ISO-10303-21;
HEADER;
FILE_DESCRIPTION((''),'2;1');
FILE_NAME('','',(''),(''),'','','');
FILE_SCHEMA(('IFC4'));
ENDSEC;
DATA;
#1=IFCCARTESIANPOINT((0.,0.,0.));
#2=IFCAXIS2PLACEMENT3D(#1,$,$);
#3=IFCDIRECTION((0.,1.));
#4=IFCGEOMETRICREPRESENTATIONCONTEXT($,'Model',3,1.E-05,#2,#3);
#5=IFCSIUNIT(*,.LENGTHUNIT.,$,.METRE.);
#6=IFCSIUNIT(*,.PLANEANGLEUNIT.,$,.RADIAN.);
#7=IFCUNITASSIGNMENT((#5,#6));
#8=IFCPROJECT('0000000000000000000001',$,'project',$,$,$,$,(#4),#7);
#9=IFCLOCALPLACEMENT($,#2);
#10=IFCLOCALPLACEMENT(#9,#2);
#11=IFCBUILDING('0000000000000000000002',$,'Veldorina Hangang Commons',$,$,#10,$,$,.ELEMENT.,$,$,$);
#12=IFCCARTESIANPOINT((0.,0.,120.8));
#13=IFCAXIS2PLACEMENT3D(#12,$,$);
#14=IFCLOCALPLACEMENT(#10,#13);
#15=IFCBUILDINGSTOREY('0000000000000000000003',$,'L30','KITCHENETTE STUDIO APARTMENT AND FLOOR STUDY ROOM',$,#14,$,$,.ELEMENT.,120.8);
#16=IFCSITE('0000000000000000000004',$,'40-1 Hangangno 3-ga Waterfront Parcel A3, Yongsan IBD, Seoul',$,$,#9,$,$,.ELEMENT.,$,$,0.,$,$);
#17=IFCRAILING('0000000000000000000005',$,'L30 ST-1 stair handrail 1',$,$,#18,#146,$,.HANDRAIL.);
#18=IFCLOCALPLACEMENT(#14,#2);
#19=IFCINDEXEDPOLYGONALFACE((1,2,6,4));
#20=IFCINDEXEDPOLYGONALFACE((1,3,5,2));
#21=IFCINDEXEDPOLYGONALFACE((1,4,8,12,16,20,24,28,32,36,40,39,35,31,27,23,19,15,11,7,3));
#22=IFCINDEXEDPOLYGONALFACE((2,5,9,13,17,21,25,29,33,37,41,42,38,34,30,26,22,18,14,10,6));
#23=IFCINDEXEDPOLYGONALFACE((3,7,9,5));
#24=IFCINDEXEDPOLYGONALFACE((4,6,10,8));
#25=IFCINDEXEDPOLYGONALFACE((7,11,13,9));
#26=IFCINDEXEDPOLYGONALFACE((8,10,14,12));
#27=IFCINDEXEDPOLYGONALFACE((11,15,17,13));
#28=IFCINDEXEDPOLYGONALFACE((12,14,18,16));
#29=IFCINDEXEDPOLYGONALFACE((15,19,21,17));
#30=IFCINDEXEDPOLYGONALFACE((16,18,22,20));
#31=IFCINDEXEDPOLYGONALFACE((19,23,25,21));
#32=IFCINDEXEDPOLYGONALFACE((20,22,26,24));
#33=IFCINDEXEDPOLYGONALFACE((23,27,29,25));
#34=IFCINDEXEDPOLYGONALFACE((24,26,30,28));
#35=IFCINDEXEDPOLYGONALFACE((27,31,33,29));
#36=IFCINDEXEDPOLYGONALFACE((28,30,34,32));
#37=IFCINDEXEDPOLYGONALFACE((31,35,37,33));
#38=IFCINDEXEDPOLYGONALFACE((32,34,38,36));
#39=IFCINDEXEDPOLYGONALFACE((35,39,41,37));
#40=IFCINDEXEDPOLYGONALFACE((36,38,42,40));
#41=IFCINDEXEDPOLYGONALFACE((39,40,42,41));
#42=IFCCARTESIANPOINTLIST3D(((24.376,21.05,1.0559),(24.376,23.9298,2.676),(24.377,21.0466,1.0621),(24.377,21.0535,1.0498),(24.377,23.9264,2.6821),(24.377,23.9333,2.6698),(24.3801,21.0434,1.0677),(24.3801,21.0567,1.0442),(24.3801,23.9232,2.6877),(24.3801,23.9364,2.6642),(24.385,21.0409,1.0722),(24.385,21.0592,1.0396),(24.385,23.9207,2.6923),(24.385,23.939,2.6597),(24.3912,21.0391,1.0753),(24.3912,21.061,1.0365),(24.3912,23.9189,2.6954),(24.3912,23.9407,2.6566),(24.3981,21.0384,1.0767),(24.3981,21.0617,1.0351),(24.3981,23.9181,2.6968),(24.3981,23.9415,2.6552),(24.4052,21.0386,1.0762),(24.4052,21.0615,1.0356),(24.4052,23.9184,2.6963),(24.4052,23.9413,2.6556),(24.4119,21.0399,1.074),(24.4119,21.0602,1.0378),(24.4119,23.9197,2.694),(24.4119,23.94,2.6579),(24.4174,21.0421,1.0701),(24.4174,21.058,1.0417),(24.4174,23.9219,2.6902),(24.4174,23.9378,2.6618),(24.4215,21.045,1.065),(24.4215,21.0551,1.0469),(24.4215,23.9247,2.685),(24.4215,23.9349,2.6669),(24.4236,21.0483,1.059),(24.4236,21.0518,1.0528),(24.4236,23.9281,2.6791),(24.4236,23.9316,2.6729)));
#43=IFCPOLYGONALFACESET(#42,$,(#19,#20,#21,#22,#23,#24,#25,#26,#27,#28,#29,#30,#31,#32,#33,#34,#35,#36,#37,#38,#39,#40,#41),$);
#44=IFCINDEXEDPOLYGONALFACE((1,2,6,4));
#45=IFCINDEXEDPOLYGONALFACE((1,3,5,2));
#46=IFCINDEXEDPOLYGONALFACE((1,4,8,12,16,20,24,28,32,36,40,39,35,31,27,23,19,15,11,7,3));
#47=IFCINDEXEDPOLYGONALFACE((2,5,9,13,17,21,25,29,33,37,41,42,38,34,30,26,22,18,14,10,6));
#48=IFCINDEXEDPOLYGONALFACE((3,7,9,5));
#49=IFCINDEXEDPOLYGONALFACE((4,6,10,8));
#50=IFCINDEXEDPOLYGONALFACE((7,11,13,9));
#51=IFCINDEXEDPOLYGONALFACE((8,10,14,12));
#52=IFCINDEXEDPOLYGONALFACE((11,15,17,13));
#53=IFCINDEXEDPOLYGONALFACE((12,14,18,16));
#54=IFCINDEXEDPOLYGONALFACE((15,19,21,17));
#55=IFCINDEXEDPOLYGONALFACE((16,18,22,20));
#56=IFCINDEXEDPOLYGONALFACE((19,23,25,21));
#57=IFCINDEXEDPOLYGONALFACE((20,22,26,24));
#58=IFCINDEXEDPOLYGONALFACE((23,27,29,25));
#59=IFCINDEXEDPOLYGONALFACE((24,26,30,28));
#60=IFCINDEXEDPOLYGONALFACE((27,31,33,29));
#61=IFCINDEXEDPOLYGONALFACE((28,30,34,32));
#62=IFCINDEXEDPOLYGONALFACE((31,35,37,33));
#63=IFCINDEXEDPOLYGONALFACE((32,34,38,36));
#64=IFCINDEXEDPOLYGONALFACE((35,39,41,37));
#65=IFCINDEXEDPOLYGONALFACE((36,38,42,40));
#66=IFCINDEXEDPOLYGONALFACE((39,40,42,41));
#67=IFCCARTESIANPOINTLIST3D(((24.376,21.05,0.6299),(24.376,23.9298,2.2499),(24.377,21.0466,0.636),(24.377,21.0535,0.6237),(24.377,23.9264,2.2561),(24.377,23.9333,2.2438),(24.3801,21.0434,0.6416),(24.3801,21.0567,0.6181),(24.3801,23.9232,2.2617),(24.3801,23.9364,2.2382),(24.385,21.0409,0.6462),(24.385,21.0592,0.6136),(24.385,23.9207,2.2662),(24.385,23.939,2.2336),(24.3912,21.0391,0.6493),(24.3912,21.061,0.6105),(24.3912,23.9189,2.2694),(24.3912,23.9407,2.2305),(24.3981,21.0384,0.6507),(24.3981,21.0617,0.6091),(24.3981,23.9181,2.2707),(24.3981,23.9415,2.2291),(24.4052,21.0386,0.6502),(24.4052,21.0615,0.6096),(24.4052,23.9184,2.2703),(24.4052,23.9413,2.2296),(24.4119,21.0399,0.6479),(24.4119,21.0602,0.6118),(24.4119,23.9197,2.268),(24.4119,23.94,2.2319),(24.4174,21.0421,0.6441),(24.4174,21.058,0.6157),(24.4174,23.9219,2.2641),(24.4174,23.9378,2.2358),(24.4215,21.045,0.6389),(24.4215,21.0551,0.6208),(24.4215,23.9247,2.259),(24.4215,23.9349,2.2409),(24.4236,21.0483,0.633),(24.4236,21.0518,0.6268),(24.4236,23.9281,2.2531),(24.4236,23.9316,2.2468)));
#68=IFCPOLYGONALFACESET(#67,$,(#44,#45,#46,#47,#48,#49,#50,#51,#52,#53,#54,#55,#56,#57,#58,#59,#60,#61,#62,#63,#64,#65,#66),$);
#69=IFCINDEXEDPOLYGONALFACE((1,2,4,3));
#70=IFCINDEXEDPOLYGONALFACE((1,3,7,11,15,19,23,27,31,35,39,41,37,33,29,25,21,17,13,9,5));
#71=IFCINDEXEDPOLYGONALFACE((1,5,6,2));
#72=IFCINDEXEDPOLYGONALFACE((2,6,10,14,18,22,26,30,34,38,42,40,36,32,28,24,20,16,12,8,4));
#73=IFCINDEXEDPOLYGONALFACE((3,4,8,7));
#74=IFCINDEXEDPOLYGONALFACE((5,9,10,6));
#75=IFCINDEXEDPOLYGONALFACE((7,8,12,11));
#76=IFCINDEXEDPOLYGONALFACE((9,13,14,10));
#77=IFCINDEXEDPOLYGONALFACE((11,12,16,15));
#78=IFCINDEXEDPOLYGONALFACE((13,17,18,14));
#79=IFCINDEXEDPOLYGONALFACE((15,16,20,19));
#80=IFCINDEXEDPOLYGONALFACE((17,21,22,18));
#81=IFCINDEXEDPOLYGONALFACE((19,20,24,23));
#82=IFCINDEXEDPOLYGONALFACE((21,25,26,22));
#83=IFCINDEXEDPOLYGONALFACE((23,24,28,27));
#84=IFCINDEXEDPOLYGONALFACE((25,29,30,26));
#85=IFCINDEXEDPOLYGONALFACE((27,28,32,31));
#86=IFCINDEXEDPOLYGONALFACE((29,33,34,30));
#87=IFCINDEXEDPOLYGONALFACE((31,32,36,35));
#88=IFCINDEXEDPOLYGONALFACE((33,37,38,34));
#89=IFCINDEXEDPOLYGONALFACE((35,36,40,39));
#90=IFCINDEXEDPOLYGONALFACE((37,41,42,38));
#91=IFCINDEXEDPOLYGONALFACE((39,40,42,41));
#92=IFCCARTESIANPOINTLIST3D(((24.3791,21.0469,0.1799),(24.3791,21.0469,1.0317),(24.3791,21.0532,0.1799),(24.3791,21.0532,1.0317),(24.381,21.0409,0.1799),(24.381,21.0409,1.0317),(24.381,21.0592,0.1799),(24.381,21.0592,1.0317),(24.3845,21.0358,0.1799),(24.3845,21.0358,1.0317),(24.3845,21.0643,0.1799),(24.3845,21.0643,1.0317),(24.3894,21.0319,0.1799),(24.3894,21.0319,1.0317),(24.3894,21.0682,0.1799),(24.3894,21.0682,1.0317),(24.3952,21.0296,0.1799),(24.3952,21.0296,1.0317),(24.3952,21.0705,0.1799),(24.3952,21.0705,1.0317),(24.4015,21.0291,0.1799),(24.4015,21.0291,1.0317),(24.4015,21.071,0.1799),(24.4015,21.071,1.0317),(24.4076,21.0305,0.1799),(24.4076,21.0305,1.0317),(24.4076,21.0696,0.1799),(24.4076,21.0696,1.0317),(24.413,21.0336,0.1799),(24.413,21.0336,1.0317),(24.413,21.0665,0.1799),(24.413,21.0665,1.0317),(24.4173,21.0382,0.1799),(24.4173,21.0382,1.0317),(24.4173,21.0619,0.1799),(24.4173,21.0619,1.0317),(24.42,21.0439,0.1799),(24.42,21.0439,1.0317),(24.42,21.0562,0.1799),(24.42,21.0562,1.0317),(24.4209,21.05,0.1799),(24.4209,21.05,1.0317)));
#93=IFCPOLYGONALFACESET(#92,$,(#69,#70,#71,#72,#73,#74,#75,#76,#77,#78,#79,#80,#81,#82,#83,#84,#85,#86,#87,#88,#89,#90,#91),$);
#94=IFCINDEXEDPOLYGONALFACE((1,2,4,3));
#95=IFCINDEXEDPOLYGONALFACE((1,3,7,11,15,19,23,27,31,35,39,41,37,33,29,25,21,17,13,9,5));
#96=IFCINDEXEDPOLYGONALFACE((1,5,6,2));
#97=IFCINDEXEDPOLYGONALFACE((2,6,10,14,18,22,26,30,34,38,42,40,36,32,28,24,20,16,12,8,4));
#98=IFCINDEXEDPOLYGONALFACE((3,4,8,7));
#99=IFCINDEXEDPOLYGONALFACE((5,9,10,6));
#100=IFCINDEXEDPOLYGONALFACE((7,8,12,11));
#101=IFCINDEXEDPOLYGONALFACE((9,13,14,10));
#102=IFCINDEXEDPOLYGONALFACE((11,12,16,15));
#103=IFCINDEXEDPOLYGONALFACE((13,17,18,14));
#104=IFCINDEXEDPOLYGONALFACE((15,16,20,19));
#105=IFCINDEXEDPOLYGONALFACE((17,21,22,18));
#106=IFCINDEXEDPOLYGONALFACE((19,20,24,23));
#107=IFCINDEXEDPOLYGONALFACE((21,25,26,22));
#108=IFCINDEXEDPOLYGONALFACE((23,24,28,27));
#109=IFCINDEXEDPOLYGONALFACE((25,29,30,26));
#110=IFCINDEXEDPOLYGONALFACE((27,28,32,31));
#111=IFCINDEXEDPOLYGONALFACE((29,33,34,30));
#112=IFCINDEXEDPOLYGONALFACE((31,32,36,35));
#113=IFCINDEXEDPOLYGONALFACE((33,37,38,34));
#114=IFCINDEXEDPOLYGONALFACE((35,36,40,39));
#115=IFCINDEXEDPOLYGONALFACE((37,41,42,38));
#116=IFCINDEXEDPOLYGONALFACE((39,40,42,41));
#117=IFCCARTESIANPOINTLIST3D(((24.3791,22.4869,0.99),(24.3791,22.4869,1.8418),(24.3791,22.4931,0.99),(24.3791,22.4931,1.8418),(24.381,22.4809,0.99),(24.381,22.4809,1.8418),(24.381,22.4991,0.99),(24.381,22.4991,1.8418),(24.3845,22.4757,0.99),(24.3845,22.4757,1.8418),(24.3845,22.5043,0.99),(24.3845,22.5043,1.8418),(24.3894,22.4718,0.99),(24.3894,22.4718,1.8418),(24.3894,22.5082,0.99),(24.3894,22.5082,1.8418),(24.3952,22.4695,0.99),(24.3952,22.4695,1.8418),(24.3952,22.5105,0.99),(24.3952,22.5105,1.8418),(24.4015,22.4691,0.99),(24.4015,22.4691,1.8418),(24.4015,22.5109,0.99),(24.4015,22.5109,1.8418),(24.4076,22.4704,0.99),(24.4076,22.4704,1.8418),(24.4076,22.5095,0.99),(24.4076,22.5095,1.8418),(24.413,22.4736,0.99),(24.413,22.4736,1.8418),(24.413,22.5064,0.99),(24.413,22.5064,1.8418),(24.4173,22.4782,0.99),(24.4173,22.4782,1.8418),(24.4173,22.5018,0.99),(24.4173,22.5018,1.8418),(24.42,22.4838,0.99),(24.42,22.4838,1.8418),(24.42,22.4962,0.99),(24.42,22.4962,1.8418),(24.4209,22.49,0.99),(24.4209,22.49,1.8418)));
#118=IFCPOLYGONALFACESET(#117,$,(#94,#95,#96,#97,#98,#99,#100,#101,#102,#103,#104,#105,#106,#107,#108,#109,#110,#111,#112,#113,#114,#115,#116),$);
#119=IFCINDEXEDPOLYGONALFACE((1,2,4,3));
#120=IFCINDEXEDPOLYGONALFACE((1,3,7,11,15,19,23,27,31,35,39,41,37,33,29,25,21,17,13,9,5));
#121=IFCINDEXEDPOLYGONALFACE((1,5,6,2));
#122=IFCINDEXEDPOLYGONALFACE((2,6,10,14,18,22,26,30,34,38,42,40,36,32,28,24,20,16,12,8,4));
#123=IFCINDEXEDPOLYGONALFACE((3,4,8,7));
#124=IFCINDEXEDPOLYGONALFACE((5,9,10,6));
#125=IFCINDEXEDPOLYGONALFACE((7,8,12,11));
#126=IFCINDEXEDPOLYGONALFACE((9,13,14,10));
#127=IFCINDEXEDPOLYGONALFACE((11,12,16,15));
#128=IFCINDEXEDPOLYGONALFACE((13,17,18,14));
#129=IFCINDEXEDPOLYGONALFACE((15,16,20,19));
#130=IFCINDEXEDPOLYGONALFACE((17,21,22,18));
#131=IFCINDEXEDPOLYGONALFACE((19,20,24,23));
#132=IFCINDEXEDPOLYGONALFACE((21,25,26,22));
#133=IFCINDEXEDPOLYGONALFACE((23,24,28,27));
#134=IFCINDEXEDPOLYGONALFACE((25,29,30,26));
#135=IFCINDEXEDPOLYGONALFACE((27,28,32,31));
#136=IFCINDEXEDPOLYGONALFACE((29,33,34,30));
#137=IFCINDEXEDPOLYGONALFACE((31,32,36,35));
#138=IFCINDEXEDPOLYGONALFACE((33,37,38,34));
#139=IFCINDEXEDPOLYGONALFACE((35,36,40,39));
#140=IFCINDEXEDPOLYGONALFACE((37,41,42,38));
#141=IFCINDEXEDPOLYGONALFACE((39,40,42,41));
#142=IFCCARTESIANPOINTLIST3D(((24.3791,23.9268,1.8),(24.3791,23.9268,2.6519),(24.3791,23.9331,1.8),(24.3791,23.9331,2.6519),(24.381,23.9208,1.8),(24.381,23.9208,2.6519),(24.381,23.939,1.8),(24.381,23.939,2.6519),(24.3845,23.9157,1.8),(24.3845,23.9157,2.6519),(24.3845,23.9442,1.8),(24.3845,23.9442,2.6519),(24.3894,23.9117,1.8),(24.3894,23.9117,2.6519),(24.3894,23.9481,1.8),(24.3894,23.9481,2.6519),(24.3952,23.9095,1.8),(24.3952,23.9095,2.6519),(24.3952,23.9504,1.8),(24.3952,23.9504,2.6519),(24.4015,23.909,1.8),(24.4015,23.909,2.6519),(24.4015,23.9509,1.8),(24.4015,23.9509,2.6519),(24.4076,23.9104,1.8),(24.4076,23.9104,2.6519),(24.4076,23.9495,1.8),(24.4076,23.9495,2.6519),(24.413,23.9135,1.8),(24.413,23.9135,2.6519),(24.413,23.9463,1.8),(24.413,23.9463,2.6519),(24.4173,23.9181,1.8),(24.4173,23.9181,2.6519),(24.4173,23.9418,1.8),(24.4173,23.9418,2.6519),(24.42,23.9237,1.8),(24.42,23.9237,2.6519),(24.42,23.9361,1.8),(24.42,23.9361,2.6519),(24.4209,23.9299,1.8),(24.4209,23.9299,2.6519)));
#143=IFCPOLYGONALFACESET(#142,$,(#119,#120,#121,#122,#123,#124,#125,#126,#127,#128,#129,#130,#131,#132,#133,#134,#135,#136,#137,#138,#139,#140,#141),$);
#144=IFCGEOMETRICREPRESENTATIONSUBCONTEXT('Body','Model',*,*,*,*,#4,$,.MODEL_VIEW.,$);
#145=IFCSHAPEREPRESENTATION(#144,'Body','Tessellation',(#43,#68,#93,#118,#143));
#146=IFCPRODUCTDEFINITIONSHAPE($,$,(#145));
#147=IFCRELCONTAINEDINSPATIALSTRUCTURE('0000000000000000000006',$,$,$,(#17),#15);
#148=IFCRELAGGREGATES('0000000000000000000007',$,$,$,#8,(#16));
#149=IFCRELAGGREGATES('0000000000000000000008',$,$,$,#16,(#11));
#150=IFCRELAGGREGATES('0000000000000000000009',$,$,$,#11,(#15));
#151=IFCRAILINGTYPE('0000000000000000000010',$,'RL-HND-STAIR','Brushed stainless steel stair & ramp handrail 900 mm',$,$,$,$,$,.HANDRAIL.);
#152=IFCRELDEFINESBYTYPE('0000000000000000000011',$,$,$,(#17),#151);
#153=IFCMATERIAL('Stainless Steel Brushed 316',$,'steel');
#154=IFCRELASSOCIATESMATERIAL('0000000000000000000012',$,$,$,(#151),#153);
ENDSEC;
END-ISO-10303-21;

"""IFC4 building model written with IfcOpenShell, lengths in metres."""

from ifc_helpers import new_model, si_unit, direction, frame, origin, origin_2d, place, context, subcontext, project, spatial, circle, extrude, material, type_object, element, save


model = new_model("IFC4")

# Units and contexts
model_context = context("Model", 3, precision=1e-05, world=origin(), true_north=direction((0.0, 1.0)))
body_context = subcontext(model_context, "Body", "Model", "MODEL_VIEW")
ifc_project = project(units=[si_unit("LENGTHUNIT", "METRE"), si_unit("PLANEANGLEUNIT", "RADIAN")], contexts=[model_context])

# Site, building, storey
site_placement = place(None, origin())
site = spatial("IfcSite", under=ifc_project, at=site_placement, Name="40-1 Hangangno 3-ga Waterfront Parcel A3, Yongsan IBD, Seoul", CompositionType="ELEMENT", RefElevation=0.0)
building_placement = place(site_placement, origin())
building = spatial("IfcBuilding", under=site, at=building_placement, Name="Veldorina Hangang Commons", CompositionType="ELEMENT")
storey_placement = place(building_placement, frame((0.0, 0.0, 120.8)))
storey = spatial("IfcBuildingStorey", under=building, at=storey_placement, Name="L30", Description="KITCHENETTE STUDIO APARTMENT AND FLOOR STUDY ROOM", CompositionType="ELEMENT", Elevation=120.8)

# Railing
ifc_material_1 = material(Name="Stainless Steel Brushed 316", Category="steel")
railing_type_1 = type_object("IfcRailingType", Name="RL-HND-STAIR", Description="Brushed stainless steel stair & ramp handrail 900 mm", PredefinedType="HANDRAIL", material=ifc_material_1)
railing_1_placement = place(storey_placement, frame((24.3999, 21.05, 0.1799)))
element("IfcRailing", 1, at=railing_1_placement, inside=storey, type_object=railing_type_1, Name="L30 ST-1 stair handrail 1", PredefinedType="HANDRAIL", context=body_context, shape_type="SweptSolid", body=[
    extrude(circle(Radius=0.0239, at=origin_2d()), frame((0.0, 0.0, 0.876), z_axis=(0.0, 0.871552, 0.490303), x_axis=(-1.0, 0.0, 0.0)), (0.0, 0.0, 1.0), 3.3042),
    extrude(circle(Radius=0.0239, at=origin_2d()), frame((0.0, 0.0, 0.45), z_axis=(0.0, 0.871552, 0.490303), x_axis=(-1.0, 0.0, 0.0)), (0.0, 0.0, 1.0), 3.3042),
    extrude(circle(Radius=0.021, at=origin_2d()), origin(), (0.0, 0.0, 1.0), 0.8518),
    extrude(circle(Radius=0.021, at=origin_2d()), frame((0.0, 1.4399, 0.8101)), (0.0, 0.0, 1.0), 0.8518),
    extrude(circle(Radius=0.021, at=origin_2d()), frame((0.0, 2.8799, 1.6201)), (0.0, 0.0, 1.0), 0.8518),
])

save(model, "model.ifc")
